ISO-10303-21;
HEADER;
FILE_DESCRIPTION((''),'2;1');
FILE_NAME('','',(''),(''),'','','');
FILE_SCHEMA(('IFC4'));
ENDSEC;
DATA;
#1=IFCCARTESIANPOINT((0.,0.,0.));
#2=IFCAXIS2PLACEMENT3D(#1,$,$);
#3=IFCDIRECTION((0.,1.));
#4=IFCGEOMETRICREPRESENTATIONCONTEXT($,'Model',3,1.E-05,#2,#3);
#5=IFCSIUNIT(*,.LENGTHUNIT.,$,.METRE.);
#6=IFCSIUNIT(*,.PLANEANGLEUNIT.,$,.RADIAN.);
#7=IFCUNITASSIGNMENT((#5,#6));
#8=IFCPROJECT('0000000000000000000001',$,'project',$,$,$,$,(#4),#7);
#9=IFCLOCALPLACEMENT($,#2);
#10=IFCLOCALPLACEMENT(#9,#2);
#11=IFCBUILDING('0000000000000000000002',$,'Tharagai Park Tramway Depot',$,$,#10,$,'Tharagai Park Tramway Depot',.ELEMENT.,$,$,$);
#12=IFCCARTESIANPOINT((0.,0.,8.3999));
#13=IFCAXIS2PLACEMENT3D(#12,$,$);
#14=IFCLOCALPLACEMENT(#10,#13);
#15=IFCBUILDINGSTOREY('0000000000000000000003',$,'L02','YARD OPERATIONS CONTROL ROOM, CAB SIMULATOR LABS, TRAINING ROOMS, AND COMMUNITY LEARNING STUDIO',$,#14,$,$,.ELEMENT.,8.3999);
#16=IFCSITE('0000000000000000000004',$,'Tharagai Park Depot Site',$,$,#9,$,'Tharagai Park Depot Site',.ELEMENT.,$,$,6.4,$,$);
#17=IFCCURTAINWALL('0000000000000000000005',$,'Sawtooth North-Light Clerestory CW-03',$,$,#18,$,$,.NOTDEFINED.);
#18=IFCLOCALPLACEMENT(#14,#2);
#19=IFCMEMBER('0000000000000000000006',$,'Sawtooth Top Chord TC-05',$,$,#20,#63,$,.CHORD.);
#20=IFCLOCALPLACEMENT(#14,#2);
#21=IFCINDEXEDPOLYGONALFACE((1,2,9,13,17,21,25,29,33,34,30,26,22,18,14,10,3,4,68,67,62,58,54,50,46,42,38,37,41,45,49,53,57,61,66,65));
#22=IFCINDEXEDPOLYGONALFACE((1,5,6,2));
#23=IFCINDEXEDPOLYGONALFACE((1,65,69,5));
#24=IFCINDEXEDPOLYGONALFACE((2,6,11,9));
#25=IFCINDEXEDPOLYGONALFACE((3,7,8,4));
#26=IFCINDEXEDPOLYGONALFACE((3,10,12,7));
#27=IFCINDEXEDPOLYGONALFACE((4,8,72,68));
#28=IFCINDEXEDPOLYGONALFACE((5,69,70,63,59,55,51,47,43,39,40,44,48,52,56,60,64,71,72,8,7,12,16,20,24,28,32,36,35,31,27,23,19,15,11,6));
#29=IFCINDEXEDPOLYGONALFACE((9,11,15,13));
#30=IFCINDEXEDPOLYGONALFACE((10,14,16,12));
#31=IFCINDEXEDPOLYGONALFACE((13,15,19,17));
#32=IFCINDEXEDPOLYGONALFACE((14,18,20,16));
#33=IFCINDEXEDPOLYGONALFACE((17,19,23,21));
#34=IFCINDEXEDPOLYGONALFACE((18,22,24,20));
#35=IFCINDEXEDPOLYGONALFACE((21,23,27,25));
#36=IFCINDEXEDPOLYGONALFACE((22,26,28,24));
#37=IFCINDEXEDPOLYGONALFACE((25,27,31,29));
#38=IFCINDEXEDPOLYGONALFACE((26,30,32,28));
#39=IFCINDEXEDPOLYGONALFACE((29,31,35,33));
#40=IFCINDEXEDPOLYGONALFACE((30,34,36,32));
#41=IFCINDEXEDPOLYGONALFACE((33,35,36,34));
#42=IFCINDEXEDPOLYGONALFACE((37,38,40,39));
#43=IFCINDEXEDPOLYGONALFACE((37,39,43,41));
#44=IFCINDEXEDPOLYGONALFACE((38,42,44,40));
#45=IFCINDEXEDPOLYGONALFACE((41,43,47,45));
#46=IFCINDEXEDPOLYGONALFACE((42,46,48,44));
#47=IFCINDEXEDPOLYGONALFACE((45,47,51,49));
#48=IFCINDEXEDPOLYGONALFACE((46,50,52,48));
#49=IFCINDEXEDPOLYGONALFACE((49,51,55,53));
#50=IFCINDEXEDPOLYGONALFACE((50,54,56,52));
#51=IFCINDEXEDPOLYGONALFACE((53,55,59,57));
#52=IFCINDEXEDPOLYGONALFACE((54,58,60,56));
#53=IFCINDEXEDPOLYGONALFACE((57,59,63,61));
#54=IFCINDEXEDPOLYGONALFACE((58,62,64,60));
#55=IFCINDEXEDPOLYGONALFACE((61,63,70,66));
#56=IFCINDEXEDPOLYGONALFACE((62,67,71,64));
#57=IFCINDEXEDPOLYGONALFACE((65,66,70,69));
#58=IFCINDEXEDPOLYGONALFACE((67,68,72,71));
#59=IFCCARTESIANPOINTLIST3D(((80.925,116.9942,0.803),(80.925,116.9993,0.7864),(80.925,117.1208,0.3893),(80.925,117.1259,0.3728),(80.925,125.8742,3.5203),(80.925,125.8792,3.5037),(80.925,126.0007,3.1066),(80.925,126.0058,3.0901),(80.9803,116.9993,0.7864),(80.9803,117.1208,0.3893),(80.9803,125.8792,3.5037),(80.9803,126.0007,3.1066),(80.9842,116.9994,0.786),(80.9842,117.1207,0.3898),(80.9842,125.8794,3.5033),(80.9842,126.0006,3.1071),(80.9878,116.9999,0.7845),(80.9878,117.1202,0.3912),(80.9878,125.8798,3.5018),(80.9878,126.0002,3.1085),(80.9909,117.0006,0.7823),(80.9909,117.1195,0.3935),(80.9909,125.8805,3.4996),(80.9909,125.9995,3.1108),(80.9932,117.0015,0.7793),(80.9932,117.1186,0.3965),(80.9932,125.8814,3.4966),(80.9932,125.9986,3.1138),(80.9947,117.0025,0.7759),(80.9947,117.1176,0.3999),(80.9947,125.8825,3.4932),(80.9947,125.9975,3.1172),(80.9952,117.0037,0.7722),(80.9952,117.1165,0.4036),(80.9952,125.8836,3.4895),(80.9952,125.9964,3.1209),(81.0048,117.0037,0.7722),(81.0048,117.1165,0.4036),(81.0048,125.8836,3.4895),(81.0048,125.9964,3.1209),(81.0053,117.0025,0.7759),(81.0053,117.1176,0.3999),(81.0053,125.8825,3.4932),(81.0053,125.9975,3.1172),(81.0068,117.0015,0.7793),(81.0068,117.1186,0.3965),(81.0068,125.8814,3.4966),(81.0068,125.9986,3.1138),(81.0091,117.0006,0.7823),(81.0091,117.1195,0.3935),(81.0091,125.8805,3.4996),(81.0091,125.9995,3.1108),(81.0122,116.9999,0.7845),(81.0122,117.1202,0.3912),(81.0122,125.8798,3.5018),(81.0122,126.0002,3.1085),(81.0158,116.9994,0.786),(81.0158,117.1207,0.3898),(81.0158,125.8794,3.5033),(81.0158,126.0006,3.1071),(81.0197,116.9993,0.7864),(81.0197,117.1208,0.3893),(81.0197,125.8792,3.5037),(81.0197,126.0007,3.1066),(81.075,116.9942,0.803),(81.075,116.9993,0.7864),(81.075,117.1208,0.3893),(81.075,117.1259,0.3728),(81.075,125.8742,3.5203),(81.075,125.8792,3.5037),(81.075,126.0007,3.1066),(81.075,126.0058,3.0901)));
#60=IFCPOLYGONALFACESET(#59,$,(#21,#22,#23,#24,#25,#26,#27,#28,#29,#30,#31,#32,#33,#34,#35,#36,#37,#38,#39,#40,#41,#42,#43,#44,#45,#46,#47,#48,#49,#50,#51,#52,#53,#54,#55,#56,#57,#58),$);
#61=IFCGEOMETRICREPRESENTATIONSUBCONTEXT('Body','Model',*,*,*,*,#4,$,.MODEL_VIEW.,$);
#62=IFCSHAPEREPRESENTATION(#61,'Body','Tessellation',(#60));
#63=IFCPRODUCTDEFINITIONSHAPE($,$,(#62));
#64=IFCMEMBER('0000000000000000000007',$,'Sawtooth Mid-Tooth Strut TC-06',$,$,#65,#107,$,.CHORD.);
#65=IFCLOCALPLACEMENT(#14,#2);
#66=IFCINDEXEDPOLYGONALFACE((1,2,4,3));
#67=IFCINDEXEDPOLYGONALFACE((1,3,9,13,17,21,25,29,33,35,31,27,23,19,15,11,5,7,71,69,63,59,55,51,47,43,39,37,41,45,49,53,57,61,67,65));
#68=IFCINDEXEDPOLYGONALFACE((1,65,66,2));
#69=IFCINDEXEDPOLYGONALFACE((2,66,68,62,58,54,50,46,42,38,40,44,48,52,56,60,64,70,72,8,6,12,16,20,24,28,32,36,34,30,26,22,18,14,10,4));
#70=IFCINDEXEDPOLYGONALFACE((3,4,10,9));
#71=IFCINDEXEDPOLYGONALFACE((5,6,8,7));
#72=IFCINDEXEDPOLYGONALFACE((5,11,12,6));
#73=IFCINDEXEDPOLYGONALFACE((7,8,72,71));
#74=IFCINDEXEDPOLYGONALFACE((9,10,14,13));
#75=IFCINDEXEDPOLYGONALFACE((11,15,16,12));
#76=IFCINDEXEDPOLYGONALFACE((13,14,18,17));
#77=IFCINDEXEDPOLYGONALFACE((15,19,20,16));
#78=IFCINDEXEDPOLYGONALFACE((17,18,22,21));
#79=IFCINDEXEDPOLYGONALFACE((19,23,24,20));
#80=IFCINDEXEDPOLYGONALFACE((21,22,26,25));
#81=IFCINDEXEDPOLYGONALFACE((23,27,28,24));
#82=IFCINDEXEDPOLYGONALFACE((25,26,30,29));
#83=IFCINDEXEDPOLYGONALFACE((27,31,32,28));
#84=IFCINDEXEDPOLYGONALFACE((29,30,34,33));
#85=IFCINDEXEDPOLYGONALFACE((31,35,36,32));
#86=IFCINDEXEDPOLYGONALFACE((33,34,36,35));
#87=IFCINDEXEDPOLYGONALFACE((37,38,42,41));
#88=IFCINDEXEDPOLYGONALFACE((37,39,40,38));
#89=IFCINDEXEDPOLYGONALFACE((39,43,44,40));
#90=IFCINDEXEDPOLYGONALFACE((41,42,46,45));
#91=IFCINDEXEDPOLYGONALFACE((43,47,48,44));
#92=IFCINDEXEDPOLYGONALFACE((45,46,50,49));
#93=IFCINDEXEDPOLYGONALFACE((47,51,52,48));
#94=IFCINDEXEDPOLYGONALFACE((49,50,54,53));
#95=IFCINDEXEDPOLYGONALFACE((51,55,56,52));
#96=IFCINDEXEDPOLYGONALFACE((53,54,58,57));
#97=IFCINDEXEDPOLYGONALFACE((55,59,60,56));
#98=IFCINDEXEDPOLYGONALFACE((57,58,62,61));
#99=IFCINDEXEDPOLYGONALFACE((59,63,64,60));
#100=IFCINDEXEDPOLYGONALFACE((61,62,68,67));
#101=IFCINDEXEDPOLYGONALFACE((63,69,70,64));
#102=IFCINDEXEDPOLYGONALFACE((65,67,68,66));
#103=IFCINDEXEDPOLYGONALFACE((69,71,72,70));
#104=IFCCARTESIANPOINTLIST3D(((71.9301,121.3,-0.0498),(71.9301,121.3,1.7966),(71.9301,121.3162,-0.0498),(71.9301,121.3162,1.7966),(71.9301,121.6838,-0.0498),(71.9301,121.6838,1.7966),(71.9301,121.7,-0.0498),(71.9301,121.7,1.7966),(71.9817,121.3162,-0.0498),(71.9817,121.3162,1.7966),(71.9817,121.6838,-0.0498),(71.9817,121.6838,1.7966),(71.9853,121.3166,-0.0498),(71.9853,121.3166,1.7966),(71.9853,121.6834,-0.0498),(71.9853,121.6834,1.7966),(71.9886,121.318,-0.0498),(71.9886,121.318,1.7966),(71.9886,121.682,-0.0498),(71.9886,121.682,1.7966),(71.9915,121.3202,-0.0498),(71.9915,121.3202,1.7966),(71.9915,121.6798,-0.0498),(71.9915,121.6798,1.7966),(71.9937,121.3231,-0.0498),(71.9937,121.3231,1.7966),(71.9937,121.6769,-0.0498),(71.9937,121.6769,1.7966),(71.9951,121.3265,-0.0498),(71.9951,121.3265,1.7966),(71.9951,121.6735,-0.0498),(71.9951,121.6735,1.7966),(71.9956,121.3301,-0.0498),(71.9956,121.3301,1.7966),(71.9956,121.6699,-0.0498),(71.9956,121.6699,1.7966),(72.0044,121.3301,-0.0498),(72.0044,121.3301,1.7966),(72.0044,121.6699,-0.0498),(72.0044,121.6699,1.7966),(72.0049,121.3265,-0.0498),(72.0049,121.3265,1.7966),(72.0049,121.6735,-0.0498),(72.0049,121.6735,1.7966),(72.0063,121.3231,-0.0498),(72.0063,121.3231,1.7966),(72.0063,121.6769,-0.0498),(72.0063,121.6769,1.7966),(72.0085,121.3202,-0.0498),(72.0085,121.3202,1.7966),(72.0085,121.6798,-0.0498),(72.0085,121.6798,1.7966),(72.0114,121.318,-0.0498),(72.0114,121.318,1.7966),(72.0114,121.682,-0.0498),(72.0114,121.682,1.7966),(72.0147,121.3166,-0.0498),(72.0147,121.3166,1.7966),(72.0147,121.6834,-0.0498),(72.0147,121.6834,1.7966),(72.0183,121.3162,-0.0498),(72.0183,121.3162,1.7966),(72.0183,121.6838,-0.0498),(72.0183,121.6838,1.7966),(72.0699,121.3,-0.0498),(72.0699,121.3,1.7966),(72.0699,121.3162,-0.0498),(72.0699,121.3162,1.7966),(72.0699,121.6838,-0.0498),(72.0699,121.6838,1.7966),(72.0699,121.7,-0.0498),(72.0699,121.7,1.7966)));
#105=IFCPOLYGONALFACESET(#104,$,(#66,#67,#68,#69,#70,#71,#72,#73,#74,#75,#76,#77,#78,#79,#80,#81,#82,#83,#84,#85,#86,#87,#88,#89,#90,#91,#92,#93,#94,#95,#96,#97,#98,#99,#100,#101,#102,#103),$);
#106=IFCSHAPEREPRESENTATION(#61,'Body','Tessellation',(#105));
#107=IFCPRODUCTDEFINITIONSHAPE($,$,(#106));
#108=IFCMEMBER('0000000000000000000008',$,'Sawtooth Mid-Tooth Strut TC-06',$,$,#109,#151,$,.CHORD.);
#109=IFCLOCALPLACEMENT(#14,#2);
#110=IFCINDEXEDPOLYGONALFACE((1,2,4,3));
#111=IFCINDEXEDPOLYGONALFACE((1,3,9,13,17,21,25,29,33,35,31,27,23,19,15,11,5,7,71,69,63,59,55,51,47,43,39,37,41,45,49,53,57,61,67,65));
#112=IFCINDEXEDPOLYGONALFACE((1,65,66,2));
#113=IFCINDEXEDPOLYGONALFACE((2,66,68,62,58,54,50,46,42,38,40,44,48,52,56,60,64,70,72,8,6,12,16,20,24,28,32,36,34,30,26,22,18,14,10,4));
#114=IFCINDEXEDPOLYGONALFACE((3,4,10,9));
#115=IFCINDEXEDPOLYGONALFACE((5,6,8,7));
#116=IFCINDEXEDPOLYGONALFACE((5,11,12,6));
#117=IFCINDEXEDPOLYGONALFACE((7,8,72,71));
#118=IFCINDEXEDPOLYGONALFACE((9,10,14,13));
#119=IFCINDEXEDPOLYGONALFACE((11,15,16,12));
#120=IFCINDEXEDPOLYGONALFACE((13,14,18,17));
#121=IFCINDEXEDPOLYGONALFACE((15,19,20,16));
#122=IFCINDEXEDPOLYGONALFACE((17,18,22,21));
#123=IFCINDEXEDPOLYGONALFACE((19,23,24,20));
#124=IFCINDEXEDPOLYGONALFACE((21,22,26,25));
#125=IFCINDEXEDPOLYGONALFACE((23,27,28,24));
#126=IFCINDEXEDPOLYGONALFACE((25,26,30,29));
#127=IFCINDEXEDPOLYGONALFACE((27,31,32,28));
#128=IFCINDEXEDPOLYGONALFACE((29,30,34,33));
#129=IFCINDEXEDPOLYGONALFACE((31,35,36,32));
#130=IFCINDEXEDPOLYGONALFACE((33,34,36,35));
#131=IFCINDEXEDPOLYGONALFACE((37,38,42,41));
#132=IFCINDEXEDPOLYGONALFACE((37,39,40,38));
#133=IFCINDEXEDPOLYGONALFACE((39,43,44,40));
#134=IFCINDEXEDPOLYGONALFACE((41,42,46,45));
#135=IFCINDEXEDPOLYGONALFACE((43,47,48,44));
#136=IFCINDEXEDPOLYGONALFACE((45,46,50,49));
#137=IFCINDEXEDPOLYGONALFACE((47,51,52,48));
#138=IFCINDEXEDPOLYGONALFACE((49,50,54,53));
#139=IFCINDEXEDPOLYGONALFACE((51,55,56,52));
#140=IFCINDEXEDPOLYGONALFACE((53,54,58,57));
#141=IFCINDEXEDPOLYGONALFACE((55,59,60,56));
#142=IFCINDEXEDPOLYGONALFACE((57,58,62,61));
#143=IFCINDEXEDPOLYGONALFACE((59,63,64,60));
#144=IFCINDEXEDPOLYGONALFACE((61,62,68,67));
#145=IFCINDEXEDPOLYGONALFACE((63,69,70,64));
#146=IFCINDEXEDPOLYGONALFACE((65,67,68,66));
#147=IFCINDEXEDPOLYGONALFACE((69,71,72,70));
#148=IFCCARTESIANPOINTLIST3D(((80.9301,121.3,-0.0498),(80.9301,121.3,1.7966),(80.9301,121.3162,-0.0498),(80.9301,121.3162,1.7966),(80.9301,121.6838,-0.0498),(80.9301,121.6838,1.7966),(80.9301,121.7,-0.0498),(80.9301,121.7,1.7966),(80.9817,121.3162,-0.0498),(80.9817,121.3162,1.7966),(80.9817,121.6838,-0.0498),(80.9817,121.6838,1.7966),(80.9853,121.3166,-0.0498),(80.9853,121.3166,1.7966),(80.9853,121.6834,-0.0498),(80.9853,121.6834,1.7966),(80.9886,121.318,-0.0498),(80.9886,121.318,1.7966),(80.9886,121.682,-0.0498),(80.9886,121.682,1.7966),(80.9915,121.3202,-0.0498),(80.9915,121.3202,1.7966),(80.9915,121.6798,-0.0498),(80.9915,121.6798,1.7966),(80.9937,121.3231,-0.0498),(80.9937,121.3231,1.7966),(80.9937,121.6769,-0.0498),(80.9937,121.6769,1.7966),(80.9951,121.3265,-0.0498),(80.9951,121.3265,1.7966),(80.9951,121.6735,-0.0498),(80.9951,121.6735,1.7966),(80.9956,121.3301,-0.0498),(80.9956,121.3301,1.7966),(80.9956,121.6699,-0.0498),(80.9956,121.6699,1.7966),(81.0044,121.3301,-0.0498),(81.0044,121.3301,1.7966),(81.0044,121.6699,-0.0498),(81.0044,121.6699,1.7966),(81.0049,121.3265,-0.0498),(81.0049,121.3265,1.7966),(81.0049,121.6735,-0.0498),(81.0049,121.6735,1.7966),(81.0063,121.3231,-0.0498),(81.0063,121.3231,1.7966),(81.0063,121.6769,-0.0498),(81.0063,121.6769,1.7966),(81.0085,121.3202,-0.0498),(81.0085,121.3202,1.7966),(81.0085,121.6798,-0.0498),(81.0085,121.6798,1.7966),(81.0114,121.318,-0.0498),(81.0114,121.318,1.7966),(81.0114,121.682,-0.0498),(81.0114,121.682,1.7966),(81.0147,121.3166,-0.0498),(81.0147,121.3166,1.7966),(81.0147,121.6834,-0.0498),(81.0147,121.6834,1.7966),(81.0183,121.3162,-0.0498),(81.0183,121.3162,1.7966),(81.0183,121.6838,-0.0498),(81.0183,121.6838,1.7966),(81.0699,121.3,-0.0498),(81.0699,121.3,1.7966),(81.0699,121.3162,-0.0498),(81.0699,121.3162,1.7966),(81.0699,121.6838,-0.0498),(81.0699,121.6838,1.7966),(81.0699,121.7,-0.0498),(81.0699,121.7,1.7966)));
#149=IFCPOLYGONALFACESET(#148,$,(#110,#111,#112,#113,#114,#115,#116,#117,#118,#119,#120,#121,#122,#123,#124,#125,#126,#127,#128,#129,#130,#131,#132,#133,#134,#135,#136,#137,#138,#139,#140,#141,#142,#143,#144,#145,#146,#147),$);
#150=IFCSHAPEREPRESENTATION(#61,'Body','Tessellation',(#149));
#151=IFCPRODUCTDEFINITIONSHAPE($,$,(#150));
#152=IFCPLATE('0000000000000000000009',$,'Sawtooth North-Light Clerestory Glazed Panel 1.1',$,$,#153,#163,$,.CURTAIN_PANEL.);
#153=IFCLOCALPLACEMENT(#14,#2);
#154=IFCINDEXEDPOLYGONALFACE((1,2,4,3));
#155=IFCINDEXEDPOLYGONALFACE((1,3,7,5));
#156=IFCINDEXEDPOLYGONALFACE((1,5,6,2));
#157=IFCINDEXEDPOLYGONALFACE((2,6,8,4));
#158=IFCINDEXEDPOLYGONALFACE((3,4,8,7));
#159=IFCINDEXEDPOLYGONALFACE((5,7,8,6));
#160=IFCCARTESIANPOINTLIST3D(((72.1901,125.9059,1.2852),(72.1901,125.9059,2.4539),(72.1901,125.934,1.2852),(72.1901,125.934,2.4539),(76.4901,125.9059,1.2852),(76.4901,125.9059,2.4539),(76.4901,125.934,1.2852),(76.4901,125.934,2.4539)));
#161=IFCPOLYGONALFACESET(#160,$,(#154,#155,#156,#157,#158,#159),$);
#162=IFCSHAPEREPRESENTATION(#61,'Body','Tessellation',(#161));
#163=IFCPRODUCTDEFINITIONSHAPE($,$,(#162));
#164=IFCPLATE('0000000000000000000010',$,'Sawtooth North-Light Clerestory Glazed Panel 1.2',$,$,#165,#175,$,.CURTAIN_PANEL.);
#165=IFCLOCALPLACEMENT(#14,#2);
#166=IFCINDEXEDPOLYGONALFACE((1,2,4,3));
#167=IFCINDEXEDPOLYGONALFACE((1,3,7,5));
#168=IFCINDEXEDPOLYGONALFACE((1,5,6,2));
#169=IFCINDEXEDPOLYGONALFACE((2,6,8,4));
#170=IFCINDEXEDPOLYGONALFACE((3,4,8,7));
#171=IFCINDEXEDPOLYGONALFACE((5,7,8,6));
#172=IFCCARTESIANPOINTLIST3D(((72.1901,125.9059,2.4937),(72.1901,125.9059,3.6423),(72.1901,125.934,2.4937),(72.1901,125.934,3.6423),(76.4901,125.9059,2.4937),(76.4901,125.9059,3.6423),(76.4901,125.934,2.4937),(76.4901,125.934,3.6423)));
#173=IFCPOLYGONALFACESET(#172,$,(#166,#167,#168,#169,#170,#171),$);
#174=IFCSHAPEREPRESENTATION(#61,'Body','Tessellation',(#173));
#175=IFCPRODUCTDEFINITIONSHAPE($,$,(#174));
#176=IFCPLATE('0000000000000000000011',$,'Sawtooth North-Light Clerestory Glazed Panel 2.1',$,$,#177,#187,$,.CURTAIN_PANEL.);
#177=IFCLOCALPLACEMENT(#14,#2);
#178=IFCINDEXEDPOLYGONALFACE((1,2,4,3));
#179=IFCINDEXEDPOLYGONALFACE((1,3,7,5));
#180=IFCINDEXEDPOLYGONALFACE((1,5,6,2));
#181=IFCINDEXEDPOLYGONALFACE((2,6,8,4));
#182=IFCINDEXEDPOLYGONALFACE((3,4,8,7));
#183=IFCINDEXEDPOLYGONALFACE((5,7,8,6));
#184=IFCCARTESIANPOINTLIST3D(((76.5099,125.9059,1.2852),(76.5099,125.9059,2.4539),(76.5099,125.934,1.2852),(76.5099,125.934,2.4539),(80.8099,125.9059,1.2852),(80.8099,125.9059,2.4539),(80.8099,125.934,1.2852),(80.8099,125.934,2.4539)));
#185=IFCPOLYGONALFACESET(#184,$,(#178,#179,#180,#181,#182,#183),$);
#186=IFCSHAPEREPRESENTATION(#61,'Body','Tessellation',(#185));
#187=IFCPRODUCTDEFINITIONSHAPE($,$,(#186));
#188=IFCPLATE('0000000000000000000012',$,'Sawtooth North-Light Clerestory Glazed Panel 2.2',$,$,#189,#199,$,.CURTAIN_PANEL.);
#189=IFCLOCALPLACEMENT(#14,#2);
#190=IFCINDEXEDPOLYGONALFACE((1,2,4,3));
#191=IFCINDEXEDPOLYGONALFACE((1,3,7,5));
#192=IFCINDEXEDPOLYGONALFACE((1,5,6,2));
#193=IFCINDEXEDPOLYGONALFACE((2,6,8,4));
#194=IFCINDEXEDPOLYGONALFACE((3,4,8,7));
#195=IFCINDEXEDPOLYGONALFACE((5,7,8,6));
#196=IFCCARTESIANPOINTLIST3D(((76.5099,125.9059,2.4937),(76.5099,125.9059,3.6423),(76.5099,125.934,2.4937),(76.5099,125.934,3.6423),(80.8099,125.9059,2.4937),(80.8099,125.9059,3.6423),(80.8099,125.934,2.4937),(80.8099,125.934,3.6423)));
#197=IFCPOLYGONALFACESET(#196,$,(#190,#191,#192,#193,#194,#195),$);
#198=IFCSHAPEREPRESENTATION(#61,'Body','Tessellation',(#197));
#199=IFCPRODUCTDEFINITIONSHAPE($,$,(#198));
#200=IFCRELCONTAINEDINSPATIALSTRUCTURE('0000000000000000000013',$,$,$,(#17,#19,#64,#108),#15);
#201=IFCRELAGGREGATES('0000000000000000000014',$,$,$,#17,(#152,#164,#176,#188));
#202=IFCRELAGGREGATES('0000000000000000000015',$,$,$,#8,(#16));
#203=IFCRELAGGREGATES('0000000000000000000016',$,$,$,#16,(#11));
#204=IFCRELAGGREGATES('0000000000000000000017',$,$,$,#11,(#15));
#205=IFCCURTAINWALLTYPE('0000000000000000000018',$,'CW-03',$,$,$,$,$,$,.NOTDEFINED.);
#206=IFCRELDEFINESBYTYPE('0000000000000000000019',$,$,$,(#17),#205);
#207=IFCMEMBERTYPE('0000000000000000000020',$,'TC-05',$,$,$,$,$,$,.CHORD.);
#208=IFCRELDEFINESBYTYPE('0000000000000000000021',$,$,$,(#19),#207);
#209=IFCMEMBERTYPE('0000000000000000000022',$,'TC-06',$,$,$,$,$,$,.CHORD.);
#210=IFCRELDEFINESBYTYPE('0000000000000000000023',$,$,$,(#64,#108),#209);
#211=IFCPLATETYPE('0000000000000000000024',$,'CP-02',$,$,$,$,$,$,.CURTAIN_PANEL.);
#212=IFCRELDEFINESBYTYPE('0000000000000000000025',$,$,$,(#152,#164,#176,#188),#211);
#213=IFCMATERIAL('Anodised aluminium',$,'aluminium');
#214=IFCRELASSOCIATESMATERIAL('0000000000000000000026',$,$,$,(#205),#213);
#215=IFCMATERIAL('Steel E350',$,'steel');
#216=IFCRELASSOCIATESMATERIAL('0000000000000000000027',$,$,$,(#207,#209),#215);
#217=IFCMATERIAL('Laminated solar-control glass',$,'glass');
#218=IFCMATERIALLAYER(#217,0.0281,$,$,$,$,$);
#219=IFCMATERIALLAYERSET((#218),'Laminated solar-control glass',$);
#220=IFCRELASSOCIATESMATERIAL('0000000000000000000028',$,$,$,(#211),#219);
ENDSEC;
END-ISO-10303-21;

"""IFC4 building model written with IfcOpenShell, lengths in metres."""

from ifc_helpers import new_model, si_unit, direction, frame, origin, origin_2d, place, context, subcontext, project, spatial, rectangle, i_section, extrude, material, layer, layer_set, material_profile, profile_set, type_object, element, aggregate, save


model = new_model("IFC4")

# Units and contexts
model_context = context("Model", 3, precision=1e-05, world=origin(), true_north=direction((0.0, 1.0)))
body_context = subcontext(model_context, "Body", "Model", "MODEL_VIEW")
ifc_project = project(units=[si_unit("LENGTHUNIT", "METRE"), si_unit("PLANEANGLEUNIT", "RADIAN")], contexts=[model_context])

# Site, building, storey
site_placement = place(None, origin())
site = spatial("IfcSite", under=ifc_project, at=site_placement, Name="Tharagai Park Depot Site", LongName="Tharagai Park Depot Site", CompositionType="ELEMENT", RefElevation=6.4)
building_placement = place(site_placement, origin())
building = spatial("IfcBuilding", under=site, at=building_placement, Name="Tharagai Park Tramway Depot", LongName="Tharagai Park Tramway Depot", CompositionType="ELEMENT")
storey_placement = place(building_placement, frame((0.0, 0.0, 8.3999)))
storey = spatial("IfcBuildingStorey", under=building, at=storey_placement, Name="L02", Description="YARD OPERATIONS CONTROL ROOM, CAB SIMULATOR LABS, TRAINING ROOMS, AND COMMUNITY LEARNING STUDIO", CompositionType="ELEMENT", Elevation=8.3999)

# Shared definitions
ifc_material_1 = material(Name="Steel E350", Category="steel")

# Curtain wall
ifc_material_2 = material(Name="Anodised aluminium", Category="aluminium")
curtain_wall_type = type_object("IfcCurtainWallType", Name="CW-03", PredefinedType="NOTDEFINED", material=ifc_material_2)
curtain_wall_placement = place(storey_placement, origin())
curtain_wall = element("IfcCurtainWall", 1, at=curtain_wall_placement, inside=storey, type_object=curtain_wall_type, Name="Sawtooth North-Light Clerestory CW-03", PredefinedType="NOTDEFINED")

# Members
ifc_material_profile_1 = material_profile(ifc_material_1, i_section(OverallWidth=0.1499, OverallDepth=0.45, WebThickness=0.0095, FlangeThickness=0.0173, FilletRadius=0.0149, at=origin_2d()), Name="ISMB 450")
ifc_profile_set_1 = profile_set([ifc_material_profile_1], Name="Steel E350")
member_type_1 = type_object("IfcMemberType", Name="TC-05", PredefinedType="CHORD", material=ifc_profile_set_1)
for number, where, z_axis, x_axis, name in (
    (2, (81.0, 117.0601, 0.5879), (0.0, 0.956231, 0.292611), (-1.0, 0.0, 0.0), "Sawtooth Top Chord TC-05"),
):
    element("IfcMember", number, at=place(storey_placement, frame(where, z_axis=z_axis, x_axis=x_axis)), inside=storey, type_object=member_type_1, Name=name, PredefinedType="CHORD", context=body_context, shape_type="SweptSolid", body=[
        extrude(i_section(OverallWidth=0.1499, OverallDepth=0.45, WebThickness=0.0095, FlangeThickness=0.0173, FilletRadius=0.0149, at=origin_2d()), origin(), (0.0, 0.0, 1.0), 9.2864),
    ])
ifc_material_profile_2 = material_profile(ifc_material_1, i_section(OverallWidth=0.1399, OverallDepth=0.3999, WebThickness=0.0088, FlangeThickness=0.0161, FilletRadius=0.0139, at=origin_2d()), Name="ISMB 400")
ifc_profile_set_2 = profile_set([ifc_material_profile_2], Name="Steel E350")
member_type_2 = type_object("IfcMemberType", Name="TC-06", PredefinedType="CHORD", material=ifc_profile_set_2)
for number, where, z_axis, x_axis, name in (
    (3, (72.0, 121.5, -0.0498), (0.0, 0.0, 1.0), (1.0, 0.0, 0.0), "Sawtooth Mid-Tooth Strut TC-06"),
    (4, (81.0, 121.5, -0.0498), (0.0, 0.0, 1.0), (1.0, 0.0, 0.0), "Sawtooth Mid-Tooth Strut TC-06"),
):
    element("IfcMember", number, at=place(storey_placement, frame(where, z_axis=z_axis, x_axis=x_axis)), inside=storey, type_object=member_type_2, Name=name, PredefinedType="CHORD", context=body_context, shape_type="SweptSolid", body=[
        extrude(i_section(OverallWidth=0.1399, OverallDepth=0.3999, WebThickness=0.0088, FlangeThickness=0.0161, FilletRadius=0.0139, at=origin_2d()), origin(), (0.0, 0.0, 1.0), 1.8464),
    ])

# Plates
ifc_material_3 = material(Name="Laminated solar-control glass", Category="glass")
ifc_layer_1 = layer(ifc_material_3, 0.0281)
ifc_layer_set_1 = layer_set([ifc_layer_1], Name="Laminated solar-control glass")
plate_type = type_object("IfcPlateType", Name="CP-02", PredefinedType="CURTAIN_PANEL", material=ifc_layer_set_1)
plate_1_placement = place(storey_placement, frame((74.3401, 125.9199, 1.2852), z_axis=(0.0, 0.0, 1.0), x_axis=(1.0, 0.0, 0.0)))
plate_1 = element("IfcPlate", 5, at=plate_1_placement, type_object=plate_type, Name="Sawtooth North-Light Clerestory Glazed Panel 1.1", PredefinedType="CURTAIN_PANEL", context=body_context, shape_type="SweptSolid", body=[
    extrude(rectangle(XDim=4.3, YDim=0.0281, at=origin_2d()), origin(), (0.0, 0.0, 1.0), 1.1687),
])
plate_2_placement = place(storey_placement, frame((74.3401, 125.9199, 2.4937), z_axis=(0.0, 0.0, 1.0), x_axis=(1.0, 0.0, 0.0)))
plate_2 = element("IfcPlate", 6, at=plate_2_placement, type_object=plate_type, Name="Sawtooth North-Light Clerestory Glazed Panel 1.2", PredefinedType="CURTAIN_PANEL", context=body_context, shape_type="SweptSolid", body=[
    extrude(rectangle(XDim=4.3, YDim=0.0281, at=origin_2d()), origin(), (0.0, 0.0, 1.0), 1.1487),
])
plate_3_placement = place(storey_placement, frame((78.6599, 125.9199, 1.2852), z_axis=(0.0, 0.0, 1.0), x_axis=(1.0, 0.0, 0.0)))
plate_3 = element("IfcPlate", 7, at=plate_3_placement, type_object=plate_type, Name="Sawtooth North-Light Clerestory Glazed Panel 2.1", PredefinedType="CURTAIN_PANEL", context=body_context, shape_type="SweptSolid", body=[
    extrude(rectangle(XDim=4.3, YDim=0.0281, at=origin_2d()), origin(), (0.0, 0.0, 1.0), 1.1687),
])
plate_4_placement = place(storey_placement, frame((78.6599, 125.9199, 2.4937), z_axis=(0.0, 0.0, 1.0), x_axis=(1.0, 0.0, 0.0)))
plate_4 = element("IfcPlate", 8, at=plate_4_placement, type_object=plate_type, Name="Sawtooth North-Light Clerestory Glazed Panel 2.2", PredefinedType="CURTAIN_PANEL", context=body_context, shape_type="SweptSolid", body=[
    extrude(rectangle(XDim=4.3, YDim=0.0281, at=origin_2d()), origin(), (0.0, 0.0, 1.0), 1.1487),
])
aggregate(curtain_wall, [plate_1, plate_2, plate_3, plate_4])

save(model, "model.ifc")
